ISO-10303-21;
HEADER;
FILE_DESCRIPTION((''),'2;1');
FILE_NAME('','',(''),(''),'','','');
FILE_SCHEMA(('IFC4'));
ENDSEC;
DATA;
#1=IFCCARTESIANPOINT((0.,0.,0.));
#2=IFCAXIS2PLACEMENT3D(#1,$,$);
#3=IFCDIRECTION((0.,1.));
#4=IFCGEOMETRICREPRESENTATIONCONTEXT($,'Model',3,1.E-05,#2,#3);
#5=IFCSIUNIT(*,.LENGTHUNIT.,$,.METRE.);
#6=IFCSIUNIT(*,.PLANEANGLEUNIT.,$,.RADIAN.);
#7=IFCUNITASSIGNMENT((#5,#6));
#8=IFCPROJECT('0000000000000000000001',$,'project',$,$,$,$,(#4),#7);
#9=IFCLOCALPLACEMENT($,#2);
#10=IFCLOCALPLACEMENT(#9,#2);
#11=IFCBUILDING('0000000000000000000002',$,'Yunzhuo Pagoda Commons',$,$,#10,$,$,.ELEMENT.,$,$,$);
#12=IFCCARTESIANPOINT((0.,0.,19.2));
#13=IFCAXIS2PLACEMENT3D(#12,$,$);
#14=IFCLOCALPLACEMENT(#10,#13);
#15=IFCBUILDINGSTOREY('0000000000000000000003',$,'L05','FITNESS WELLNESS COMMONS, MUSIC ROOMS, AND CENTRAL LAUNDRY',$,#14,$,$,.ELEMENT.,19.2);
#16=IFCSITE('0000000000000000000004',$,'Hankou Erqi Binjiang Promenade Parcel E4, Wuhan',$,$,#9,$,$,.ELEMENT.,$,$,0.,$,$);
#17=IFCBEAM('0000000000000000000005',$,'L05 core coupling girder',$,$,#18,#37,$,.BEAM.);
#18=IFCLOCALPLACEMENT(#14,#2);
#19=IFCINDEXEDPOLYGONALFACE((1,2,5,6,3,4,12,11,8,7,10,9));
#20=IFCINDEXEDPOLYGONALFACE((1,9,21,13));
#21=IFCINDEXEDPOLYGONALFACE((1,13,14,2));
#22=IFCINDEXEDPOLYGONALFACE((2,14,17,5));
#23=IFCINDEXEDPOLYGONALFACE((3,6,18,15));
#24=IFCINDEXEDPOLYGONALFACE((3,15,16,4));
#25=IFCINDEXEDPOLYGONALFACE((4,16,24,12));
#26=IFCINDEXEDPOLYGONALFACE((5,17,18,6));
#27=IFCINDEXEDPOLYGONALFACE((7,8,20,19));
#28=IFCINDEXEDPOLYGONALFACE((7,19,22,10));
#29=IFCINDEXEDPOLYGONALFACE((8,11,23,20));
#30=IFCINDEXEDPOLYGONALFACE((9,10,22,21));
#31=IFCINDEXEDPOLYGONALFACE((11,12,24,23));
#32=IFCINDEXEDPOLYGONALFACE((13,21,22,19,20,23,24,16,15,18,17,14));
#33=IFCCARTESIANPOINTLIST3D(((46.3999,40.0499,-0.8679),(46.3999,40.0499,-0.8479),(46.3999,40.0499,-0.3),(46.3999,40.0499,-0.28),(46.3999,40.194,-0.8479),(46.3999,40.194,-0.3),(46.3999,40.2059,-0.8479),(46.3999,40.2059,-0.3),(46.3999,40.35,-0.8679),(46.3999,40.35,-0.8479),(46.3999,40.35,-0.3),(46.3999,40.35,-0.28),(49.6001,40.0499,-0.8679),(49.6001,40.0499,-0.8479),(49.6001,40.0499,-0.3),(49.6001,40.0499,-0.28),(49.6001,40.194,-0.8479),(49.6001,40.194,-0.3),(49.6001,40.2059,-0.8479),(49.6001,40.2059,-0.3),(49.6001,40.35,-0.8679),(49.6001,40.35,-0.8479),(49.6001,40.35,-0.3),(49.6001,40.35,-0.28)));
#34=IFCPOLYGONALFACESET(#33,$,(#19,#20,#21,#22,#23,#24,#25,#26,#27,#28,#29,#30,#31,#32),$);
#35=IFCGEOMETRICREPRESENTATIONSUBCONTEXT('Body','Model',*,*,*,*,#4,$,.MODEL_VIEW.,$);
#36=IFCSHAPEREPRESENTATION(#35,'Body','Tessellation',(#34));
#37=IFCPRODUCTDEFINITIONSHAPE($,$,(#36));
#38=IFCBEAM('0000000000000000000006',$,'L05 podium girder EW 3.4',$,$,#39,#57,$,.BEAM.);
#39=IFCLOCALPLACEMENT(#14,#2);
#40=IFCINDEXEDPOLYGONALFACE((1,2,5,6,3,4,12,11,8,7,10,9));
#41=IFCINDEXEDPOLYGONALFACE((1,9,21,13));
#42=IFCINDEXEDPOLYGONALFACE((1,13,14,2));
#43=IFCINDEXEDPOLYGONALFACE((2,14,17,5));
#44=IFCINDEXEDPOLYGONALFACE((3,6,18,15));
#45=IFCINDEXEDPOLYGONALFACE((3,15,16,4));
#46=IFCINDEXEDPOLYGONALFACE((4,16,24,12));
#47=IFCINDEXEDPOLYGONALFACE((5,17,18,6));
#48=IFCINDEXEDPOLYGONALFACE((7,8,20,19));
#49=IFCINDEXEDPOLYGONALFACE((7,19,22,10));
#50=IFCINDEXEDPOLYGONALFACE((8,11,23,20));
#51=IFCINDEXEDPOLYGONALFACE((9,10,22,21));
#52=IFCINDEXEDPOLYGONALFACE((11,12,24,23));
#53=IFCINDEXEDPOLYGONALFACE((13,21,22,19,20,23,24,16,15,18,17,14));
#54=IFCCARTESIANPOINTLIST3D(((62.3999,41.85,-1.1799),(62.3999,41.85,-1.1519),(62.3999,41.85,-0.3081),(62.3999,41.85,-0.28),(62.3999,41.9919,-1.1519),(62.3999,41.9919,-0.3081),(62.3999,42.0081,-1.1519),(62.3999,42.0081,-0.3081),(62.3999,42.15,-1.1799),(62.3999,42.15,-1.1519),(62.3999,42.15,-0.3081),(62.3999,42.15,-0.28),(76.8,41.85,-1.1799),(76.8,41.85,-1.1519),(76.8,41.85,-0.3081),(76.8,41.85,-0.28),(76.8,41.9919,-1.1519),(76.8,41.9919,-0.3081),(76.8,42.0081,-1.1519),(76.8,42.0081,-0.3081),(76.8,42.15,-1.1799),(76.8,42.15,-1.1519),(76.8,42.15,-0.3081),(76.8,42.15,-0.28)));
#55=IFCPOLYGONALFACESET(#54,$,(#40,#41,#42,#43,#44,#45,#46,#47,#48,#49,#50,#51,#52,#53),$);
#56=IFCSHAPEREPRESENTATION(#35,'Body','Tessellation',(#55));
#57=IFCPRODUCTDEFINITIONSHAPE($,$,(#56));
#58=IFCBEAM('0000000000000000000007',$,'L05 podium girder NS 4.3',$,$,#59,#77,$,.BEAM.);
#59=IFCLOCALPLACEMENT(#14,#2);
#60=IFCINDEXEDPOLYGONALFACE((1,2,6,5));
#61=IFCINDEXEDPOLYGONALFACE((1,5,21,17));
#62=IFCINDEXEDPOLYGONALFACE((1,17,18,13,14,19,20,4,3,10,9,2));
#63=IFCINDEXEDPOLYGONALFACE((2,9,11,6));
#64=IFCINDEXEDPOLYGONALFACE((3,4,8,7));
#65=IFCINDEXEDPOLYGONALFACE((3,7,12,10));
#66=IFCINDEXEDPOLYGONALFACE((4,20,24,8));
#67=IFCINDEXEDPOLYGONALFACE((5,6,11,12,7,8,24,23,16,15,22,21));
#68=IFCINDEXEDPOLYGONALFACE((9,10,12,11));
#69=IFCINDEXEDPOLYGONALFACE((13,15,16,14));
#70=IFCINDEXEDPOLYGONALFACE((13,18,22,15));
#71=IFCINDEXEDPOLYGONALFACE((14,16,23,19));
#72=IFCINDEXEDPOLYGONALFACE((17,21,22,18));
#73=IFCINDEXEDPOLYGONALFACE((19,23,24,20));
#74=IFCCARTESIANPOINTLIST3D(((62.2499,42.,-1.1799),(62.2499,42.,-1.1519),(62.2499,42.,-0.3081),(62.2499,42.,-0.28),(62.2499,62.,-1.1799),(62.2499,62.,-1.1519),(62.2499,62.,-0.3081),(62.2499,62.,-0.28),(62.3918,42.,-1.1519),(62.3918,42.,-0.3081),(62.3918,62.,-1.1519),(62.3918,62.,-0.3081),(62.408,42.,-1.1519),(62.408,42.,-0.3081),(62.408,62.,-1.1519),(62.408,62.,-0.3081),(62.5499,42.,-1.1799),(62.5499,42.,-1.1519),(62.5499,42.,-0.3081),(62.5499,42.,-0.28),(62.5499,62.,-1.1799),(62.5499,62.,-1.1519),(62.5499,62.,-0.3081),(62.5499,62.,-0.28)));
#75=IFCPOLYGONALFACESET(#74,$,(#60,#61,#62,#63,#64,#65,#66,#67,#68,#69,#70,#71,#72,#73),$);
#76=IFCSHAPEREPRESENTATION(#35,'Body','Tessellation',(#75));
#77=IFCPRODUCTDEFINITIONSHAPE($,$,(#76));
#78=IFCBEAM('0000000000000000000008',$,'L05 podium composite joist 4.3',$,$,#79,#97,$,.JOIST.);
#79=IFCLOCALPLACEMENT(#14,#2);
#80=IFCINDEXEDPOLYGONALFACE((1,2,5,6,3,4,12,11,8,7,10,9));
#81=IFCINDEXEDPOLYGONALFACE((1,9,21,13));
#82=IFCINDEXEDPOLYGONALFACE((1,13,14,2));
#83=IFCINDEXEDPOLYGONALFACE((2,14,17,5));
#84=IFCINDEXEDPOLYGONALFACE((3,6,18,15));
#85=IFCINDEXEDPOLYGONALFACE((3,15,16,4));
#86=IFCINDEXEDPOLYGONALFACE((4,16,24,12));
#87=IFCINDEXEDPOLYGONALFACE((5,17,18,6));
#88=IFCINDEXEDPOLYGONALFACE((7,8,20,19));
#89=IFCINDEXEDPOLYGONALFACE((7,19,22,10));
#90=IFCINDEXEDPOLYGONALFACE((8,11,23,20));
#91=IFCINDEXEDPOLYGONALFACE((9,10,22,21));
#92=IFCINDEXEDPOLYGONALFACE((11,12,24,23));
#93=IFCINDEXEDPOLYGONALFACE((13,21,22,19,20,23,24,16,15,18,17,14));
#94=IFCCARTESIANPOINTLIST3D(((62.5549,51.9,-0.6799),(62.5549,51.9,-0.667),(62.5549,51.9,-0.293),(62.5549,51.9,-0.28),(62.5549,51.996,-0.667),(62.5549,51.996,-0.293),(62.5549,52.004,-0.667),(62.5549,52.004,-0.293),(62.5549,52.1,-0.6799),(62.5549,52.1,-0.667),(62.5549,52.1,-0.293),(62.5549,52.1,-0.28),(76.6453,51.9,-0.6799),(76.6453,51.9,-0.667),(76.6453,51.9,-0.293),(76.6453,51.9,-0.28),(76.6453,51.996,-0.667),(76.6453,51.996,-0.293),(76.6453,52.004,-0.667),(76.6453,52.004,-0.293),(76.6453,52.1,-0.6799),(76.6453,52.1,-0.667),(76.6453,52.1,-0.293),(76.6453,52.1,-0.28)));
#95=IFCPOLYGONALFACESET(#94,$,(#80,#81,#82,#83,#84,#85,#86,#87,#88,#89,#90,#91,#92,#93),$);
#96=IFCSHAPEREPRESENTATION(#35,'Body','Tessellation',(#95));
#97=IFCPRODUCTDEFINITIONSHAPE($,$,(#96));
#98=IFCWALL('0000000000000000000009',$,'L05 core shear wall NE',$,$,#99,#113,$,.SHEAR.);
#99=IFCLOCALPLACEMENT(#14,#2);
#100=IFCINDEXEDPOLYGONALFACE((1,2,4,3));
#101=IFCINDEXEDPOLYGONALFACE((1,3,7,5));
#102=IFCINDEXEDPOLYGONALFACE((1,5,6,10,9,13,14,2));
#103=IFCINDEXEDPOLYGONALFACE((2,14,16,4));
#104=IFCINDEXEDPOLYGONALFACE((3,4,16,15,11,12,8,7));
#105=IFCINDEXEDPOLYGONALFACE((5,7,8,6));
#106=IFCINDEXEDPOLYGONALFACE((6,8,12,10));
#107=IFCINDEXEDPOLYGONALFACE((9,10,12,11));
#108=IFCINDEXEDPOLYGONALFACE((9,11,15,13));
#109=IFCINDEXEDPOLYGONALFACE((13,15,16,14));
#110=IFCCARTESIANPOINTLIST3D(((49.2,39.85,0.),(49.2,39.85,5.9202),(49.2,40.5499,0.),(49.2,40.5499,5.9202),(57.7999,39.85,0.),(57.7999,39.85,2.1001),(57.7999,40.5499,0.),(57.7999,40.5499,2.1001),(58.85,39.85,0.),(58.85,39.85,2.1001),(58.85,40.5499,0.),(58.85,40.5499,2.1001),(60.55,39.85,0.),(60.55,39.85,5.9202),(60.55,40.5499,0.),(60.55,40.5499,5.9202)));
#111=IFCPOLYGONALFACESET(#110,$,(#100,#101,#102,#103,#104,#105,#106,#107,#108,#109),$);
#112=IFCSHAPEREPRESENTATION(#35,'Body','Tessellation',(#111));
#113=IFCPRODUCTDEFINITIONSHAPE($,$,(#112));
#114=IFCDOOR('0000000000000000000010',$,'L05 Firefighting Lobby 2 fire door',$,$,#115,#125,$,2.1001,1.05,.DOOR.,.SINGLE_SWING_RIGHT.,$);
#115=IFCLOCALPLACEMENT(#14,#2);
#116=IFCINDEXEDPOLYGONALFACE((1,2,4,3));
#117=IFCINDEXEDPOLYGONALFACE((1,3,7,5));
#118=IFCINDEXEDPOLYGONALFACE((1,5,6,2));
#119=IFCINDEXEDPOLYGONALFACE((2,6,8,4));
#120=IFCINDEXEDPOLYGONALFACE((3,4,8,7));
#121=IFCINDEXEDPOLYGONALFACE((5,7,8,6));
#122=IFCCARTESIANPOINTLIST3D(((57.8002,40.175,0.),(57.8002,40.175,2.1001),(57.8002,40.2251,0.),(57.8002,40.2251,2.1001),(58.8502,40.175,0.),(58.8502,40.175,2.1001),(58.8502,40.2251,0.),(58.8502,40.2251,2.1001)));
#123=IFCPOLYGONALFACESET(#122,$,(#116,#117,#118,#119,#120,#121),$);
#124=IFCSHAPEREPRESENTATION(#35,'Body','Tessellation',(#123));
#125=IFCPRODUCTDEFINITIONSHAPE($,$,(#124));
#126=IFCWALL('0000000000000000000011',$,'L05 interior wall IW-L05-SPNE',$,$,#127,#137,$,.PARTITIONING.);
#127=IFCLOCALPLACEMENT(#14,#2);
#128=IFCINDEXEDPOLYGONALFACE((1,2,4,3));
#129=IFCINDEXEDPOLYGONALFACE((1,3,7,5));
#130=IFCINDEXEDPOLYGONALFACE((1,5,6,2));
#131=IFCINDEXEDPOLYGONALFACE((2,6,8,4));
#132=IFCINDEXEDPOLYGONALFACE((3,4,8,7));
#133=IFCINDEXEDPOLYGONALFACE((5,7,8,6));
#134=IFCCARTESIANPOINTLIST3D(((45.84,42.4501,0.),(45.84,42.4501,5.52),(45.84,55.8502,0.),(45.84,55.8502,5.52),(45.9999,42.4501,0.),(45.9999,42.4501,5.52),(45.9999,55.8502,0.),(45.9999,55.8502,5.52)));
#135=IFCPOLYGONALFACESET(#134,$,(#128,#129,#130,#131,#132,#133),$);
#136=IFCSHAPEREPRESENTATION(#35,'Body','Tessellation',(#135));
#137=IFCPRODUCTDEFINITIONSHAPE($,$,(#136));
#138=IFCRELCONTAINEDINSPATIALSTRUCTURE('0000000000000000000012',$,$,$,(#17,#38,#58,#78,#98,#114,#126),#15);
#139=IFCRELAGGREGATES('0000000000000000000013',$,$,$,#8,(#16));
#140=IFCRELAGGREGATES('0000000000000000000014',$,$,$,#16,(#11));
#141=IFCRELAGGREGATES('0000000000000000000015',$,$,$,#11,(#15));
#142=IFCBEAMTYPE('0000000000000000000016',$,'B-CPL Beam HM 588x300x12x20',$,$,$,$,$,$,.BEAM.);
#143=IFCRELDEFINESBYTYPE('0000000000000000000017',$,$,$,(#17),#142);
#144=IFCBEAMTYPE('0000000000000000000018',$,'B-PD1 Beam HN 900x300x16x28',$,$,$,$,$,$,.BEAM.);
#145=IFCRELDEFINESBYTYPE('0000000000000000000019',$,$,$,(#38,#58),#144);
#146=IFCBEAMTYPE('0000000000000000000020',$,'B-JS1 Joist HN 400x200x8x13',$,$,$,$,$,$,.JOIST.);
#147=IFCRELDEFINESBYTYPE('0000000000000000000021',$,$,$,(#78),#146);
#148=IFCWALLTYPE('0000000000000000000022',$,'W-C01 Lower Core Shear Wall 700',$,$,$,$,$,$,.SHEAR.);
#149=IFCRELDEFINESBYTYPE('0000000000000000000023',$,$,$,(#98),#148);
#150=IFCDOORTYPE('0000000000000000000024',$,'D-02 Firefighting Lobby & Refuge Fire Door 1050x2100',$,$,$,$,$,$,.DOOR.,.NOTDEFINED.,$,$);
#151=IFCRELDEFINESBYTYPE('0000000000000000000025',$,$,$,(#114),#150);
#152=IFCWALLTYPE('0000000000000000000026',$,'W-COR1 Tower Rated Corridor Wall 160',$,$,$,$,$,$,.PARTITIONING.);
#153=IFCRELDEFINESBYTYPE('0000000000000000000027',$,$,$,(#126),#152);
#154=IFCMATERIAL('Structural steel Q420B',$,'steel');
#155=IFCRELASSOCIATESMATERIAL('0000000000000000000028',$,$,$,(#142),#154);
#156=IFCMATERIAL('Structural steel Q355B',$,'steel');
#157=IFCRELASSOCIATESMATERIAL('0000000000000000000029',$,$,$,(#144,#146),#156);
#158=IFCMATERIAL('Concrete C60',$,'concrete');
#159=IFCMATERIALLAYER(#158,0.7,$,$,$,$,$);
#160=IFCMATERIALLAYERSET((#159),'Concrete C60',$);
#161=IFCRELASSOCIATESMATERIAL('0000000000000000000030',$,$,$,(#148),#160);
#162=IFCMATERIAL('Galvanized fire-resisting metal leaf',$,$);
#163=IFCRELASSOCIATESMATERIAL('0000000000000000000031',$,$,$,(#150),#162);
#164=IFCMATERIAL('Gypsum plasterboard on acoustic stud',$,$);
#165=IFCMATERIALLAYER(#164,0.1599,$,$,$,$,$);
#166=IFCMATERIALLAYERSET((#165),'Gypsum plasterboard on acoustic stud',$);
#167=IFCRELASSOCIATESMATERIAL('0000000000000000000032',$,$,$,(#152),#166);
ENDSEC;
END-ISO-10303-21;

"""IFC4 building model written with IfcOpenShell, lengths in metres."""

from ifc_helpers import new_model, si_unit, direction, frame, frame_2d, origin, origin_2d, place, context, subcontext, project, spatial, rectangle, i_section, extrude, source, transform, mapped, material, layer, layer_set, material_profile, profile_set, type_object, element, fill, save


model = new_model("IFC4")

# Units and contexts
model_context = context("Model", 3, precision=1e-05, world=origin(), true_north=direction((0.0, 1.0)))
body_context = subcontext(model_context, "Body", "Model", "MODEL_VIEW")
ifc_project = project(units=[si_unit("LENGTHUNIT", "METRE"), si_unit("PLANEANGLEUNIT", "RADIAN")], contexts=[model_context])

# Site, building, storey
site_placement = place(None, origin())
site = spatial("IfcSite", under=ifc_project, at=site_placement, Name="Hankou Erqi Binjiang Promenade Parcel E4, Wuhan", CompositionType="ELEMENT", RefElevation=0.0)
building_placement = place(site_placement, origin())
building = spatial("IfcBuilding", under=site, at=building_placement, Name="Yunzhuo Pagoda Commons", CompositionType="ELEMENT")
storey_placement = place(building_placement, frame((0.0, 0.0, 19.2)))
storey = spatial("IfcBuildingStorey", under=building, at=storey_placement, Name="L05", Description="FITNESS WELLNESS COMMONS, MUSIC ROOMS, AND CENTRAL LAUNDRY", CompositionType="ELEMENT", Elevation=19.2)

# Shared definitions
ifc_material_1 = material(Name="Structural steel Q420B", Category="steel")

# Beams
ifc_material_2 = material(Name="Structural steel Q355B", Category="steel")
ifc_material_profile_1 = material_profile(ifc_material_1, i_section(OverallWidth=0.3, OverallDepth=0.5879, WebThickness=0.012, FlangeThickness=0.02, at=origin_2d()), Name="Structural steel Q420B")
ifc_profile_set_1 = profile_set([ifc_material_profile_1], Name="Structural steel Q420B")
beam_type_1 = type_object("IfcBeamType", Name="B-CPL Beam HM 588x300x12x20", PredefinedType="BEAM", material=ifc_profile_set_1)
shared_shape_1 = source(origin(), body_context, "Body", "SweptSolid", [
    extrude(i_section(OverallWidth=0.3, OverallDepth=0.5879, WebThickness=0.012, FlangeThickness=0.02, at=origin_2d()), origin(), (0.0, 0.0, 1.0), 3.2002),
])
beam_1_placement = place(storey_placement, frame((46.3999, 40.2, -0.574), z_axis=(1.0, 0.0, 0.0), x_axis=(0.0, 1.0, 0.0)))
element("IfcBeam", 1, at=beam_1_placement, inside=storey, type_object=beam_type_1, Name="L05 core coupling girder", PredefinedType="BEAM", context=body_context, shape_type="MappedRepresentation", body=[
    mapped(shared_shape_1, transform((0.0, 0.0, 0.0), scale=1.0)),
])
ifc_material_profile_2 = material_profile(ifc_material_2, i_section(OverallWidth=0.3, OverallDepth=0.8999, WebThickness=0.0161, FlangeThickness=0.0281, at=origin_2d()), Name="Structural steel Q355B")
ifc_profile_set_2 = profile_set([ifc_material_profile_2], Name="Structural steel Q355B")
beam_type_2 = type_object("IfcBeamType", Name="B-PD1 Beam HN 900x300x16x28", PredefinedType="BEAM", material=ifc_profile_set_2)
shared_shape_2 = source(origin(), body_context, "Body", "SweptSolid", [
    extrude(i_section(OverallWidth=0.3, OverallDepth=0.8999, WebThickness=0.0161, FlangeThickness=0.0281, at=origin_2d()), origin(), (0.0, 0.0, 1.0), 14.4001),
])
beam_2_placement = place(storey_placement, frame((62.3999, 42.0, -0.73), z_axis=(1.0, 0.0, 0.0), x_axis=(0.0, 1.0, 0.0)))
element("IfcBeam", 2, at=beam_2_placement, inside=storey, type_object=beam_type_2, Name="L05 podium girder EW 3.4", PredefinedType="BEAM", context=body_context, shape_type="MappedRepresentation", body=[
    mapped(shared_shape_2, transform((0.0, 0.0, 0.0), scale=1.0)),
])
shared_shape_3 = source(origin(), body_context, "Body", "SweptSolid", [
    extrude(i_section(OverallWidth=0.3, OverallDepth=0.8999, WebThickness=0.0161, FlangeThickness=0.0281, at=origin_2d()), origin(), (0.0, 0.0, 1.0), 20.0),
])
beam_3_placement = place(storey_placement, frame((62.3999, 42.0, -0.73), z_axis=(0.0, 1.0, 0.0), x_axis=(-1.0, 0.0, 0.0)))
element("IfcBeam", 3, at=beam_3_placement, inside=storey, type_object=beam_type_2, Name="L05 podium girder NS 4.3", PredefinedType="BEAM", context=body_context, shape_type="MappedRepresentation", body=[
    mapped(shared_shape_3, transform((0.0, 0.0, 0.0), scale=1.0)),
])
ifc_material_profile_3 = material_profile(ifc_material_2, i_section(OverallWidth=0.2, OverallDepth=0.3999, WebThickness=0.0081, FlangeThickness=0.0129, at=origin_2d()), Name="Structural steel Q355B")
ifc_profile_set_3 = profile_set([ifc_material_profile_3], Name="Structural steel Q355B")
beam_type_3 = type_object("IfcBeamType", Name="B-JS1 Joist HN 400x200x8x13", PredefinedType="JOIST", material=ifc_profile_set_3)
shared_shape_4 = source(origin(), body_context, "Body", "SweptSolid", [
    extrude(i_section(OverallWidth=0.2, OverallDepth=0.3999, WebThickness=0.0081, FlangeThickness=0.0129, at=origin_2d()), origin(), (0.0, 0.0, 1.0), 14.0903),
])
beam_4_placement = place(storey_placement, frame((62.5549, 52.0, -0.48), z_axis=(1.0, 0.0, 0.0), x_axis=(0.0, 1.0, 0.0)))
element("IfcBeam", 4, at=beam_4_placement, inside=storey, type_object=beam_type_3, Name="L05 podium composite joist 4.3", PredefinedType="JOIST", context=body_context, shape_type="MappedRepresentation", body=[
    mapped(shared_shape_4, transform((0.0, 0.0, 0.0), scale=1.0)),
])

# Wall, opening, door
ifc_material_3 = material(Name="Concrete C60", Category="concrete")
ifc_layer_1 = layer(ifc_material_3, 0.7)
ifc_layer_set_1 = layer_set([ifc_layer_1], Name="Concrete C60")
wall_type_1 = type_object("IfcWallType", Name="W-C01 Lower Core Shear Wall 700", PredefinedType="SHEAR", material=ifc_layer_set_1)
wall_1_placement = place(storey_placement, frame((49.2, 40.2, 0.0), z_axis=(0.0, 0.0, 1.0), x_axis=(1.0, 0.0, 0.0)))
wall_1 = element("IfcWall", 5, at=wall_1_placement, inside=storey, type_object=wall_type_1, Name="L05 core shear wall NE", PredefinedType="SHEAR", context=body_context, shape_type="SweptSolid", body=[
    extrude(rectangle(XDim=11.3501, YDim=0.7, at=frame_2d((5.675, 0.0))), origin(), (0.0, 0.0, 1.0), 5.9202),
])
opening_1_placement = place(wall_1_placement, frame((8.6001, 0.0, 0.0)))
opening_1 = element("IfcOpeningElement", 6, at=opening_1_placement, cuts=wall_1, PredefinedType="OPENING", context=body_context, shape_type="SweptSolid", body=[
    extrude(rectangle(XDim=1.05, YDim=2.1001, at=frame_2d((0.5249, 1.05))), frame((0.0, 0.3599, 0.0), z_axis=(0.0, -1.0, 0.0), x_axis=(1.0, 0.0, 0.0)), (0.0, 0.0, 1.0), 0.72),
])
ifc_material_4 = material(Name="Galvanized fire-resisting metal leaf")
door_type_1 = type_object("IfcDoorType", Name="D-02 Firefighting Lobby & Refuge Fire Door 1050x2100", OperationType="NOTDEFINED", PredefinedType="DOOR", material=ifc_material_4)
shared_shape_5 = source(origin(), body_context, "Body", "SweptSolid", [
    extrude(rectangle(XDim=1.05, YDim=2.1001, at=frame_2d((0.5249, 1.05))), frame((0.0, 0.0249, 0.0), z_axis=(0.0, -1.0, 0.0), x_axis=(1.0, 0.0, 0.0)), (0.0, 0.0, 1.0), 0.05),
])
door_1_placement = place(opening_1_placement, frame((1.05, 0.0, 0.0), z_axis=(0.0, 0.0, 1.0), x_axis=(-1.0, 0.0, 0.0)))
door_1 = element("IfcDoor", 7, at=door_1_placement, inside=storey, type_object=door_type_1, Name="L05 Firefighting Lobby 2 fire door", OperationType="SINGLE_SWING_RIGHT", OverallHeight=2.1001, OverallWidth=1.05, PredefinedType="DOOR", context=body_context, shape_type="MappedRepresentation", body=[
    mapped(shared_shape_5, transform((0.0, 0.0, 0.0), scale=1.0)),
])
fill(opening_1, door_1)

# Wall
ifc_material_5 = material(Name="Gypsum plasterboard on acoustic stud")
ifc_layer_2 = layer(ifc_material_5, 0.1599)
ifc_layer_set_2 = layer_set([ifc_layer_2], Name="Gypsum plasterboard on acoustic stud")
wall_type_2 = type_object("IfcWallType", Name="W-COR1 Tower Rated Corridor Wall 160", PredefinedType="PARTITIONING", material=ifc_layer_set_2)
wall_2_placement = place(storey_placement, frame((45.9199, 42.45, 0.0), z_axis=(0.0, 0.0, 1.0), x_axis=(0.0, 1.0, 0.0)))
element("IfcWall", 8, at=wall_2_placement, inside=storey, type_object=wall_type_2, Name="L05 interior wall IW-L05-SPNE", PredefinedType="PARTITIONING", context=body_context, shape_type="SweptSolid", body=[
    extrude(rectangle(XDim=13.4001, YDim=0.1599, at=frame_2d((6.7002, 0.0))), origin(), (0.0, 0.0, 1.0), 5.52),
])

save(model, "model.ifc")
